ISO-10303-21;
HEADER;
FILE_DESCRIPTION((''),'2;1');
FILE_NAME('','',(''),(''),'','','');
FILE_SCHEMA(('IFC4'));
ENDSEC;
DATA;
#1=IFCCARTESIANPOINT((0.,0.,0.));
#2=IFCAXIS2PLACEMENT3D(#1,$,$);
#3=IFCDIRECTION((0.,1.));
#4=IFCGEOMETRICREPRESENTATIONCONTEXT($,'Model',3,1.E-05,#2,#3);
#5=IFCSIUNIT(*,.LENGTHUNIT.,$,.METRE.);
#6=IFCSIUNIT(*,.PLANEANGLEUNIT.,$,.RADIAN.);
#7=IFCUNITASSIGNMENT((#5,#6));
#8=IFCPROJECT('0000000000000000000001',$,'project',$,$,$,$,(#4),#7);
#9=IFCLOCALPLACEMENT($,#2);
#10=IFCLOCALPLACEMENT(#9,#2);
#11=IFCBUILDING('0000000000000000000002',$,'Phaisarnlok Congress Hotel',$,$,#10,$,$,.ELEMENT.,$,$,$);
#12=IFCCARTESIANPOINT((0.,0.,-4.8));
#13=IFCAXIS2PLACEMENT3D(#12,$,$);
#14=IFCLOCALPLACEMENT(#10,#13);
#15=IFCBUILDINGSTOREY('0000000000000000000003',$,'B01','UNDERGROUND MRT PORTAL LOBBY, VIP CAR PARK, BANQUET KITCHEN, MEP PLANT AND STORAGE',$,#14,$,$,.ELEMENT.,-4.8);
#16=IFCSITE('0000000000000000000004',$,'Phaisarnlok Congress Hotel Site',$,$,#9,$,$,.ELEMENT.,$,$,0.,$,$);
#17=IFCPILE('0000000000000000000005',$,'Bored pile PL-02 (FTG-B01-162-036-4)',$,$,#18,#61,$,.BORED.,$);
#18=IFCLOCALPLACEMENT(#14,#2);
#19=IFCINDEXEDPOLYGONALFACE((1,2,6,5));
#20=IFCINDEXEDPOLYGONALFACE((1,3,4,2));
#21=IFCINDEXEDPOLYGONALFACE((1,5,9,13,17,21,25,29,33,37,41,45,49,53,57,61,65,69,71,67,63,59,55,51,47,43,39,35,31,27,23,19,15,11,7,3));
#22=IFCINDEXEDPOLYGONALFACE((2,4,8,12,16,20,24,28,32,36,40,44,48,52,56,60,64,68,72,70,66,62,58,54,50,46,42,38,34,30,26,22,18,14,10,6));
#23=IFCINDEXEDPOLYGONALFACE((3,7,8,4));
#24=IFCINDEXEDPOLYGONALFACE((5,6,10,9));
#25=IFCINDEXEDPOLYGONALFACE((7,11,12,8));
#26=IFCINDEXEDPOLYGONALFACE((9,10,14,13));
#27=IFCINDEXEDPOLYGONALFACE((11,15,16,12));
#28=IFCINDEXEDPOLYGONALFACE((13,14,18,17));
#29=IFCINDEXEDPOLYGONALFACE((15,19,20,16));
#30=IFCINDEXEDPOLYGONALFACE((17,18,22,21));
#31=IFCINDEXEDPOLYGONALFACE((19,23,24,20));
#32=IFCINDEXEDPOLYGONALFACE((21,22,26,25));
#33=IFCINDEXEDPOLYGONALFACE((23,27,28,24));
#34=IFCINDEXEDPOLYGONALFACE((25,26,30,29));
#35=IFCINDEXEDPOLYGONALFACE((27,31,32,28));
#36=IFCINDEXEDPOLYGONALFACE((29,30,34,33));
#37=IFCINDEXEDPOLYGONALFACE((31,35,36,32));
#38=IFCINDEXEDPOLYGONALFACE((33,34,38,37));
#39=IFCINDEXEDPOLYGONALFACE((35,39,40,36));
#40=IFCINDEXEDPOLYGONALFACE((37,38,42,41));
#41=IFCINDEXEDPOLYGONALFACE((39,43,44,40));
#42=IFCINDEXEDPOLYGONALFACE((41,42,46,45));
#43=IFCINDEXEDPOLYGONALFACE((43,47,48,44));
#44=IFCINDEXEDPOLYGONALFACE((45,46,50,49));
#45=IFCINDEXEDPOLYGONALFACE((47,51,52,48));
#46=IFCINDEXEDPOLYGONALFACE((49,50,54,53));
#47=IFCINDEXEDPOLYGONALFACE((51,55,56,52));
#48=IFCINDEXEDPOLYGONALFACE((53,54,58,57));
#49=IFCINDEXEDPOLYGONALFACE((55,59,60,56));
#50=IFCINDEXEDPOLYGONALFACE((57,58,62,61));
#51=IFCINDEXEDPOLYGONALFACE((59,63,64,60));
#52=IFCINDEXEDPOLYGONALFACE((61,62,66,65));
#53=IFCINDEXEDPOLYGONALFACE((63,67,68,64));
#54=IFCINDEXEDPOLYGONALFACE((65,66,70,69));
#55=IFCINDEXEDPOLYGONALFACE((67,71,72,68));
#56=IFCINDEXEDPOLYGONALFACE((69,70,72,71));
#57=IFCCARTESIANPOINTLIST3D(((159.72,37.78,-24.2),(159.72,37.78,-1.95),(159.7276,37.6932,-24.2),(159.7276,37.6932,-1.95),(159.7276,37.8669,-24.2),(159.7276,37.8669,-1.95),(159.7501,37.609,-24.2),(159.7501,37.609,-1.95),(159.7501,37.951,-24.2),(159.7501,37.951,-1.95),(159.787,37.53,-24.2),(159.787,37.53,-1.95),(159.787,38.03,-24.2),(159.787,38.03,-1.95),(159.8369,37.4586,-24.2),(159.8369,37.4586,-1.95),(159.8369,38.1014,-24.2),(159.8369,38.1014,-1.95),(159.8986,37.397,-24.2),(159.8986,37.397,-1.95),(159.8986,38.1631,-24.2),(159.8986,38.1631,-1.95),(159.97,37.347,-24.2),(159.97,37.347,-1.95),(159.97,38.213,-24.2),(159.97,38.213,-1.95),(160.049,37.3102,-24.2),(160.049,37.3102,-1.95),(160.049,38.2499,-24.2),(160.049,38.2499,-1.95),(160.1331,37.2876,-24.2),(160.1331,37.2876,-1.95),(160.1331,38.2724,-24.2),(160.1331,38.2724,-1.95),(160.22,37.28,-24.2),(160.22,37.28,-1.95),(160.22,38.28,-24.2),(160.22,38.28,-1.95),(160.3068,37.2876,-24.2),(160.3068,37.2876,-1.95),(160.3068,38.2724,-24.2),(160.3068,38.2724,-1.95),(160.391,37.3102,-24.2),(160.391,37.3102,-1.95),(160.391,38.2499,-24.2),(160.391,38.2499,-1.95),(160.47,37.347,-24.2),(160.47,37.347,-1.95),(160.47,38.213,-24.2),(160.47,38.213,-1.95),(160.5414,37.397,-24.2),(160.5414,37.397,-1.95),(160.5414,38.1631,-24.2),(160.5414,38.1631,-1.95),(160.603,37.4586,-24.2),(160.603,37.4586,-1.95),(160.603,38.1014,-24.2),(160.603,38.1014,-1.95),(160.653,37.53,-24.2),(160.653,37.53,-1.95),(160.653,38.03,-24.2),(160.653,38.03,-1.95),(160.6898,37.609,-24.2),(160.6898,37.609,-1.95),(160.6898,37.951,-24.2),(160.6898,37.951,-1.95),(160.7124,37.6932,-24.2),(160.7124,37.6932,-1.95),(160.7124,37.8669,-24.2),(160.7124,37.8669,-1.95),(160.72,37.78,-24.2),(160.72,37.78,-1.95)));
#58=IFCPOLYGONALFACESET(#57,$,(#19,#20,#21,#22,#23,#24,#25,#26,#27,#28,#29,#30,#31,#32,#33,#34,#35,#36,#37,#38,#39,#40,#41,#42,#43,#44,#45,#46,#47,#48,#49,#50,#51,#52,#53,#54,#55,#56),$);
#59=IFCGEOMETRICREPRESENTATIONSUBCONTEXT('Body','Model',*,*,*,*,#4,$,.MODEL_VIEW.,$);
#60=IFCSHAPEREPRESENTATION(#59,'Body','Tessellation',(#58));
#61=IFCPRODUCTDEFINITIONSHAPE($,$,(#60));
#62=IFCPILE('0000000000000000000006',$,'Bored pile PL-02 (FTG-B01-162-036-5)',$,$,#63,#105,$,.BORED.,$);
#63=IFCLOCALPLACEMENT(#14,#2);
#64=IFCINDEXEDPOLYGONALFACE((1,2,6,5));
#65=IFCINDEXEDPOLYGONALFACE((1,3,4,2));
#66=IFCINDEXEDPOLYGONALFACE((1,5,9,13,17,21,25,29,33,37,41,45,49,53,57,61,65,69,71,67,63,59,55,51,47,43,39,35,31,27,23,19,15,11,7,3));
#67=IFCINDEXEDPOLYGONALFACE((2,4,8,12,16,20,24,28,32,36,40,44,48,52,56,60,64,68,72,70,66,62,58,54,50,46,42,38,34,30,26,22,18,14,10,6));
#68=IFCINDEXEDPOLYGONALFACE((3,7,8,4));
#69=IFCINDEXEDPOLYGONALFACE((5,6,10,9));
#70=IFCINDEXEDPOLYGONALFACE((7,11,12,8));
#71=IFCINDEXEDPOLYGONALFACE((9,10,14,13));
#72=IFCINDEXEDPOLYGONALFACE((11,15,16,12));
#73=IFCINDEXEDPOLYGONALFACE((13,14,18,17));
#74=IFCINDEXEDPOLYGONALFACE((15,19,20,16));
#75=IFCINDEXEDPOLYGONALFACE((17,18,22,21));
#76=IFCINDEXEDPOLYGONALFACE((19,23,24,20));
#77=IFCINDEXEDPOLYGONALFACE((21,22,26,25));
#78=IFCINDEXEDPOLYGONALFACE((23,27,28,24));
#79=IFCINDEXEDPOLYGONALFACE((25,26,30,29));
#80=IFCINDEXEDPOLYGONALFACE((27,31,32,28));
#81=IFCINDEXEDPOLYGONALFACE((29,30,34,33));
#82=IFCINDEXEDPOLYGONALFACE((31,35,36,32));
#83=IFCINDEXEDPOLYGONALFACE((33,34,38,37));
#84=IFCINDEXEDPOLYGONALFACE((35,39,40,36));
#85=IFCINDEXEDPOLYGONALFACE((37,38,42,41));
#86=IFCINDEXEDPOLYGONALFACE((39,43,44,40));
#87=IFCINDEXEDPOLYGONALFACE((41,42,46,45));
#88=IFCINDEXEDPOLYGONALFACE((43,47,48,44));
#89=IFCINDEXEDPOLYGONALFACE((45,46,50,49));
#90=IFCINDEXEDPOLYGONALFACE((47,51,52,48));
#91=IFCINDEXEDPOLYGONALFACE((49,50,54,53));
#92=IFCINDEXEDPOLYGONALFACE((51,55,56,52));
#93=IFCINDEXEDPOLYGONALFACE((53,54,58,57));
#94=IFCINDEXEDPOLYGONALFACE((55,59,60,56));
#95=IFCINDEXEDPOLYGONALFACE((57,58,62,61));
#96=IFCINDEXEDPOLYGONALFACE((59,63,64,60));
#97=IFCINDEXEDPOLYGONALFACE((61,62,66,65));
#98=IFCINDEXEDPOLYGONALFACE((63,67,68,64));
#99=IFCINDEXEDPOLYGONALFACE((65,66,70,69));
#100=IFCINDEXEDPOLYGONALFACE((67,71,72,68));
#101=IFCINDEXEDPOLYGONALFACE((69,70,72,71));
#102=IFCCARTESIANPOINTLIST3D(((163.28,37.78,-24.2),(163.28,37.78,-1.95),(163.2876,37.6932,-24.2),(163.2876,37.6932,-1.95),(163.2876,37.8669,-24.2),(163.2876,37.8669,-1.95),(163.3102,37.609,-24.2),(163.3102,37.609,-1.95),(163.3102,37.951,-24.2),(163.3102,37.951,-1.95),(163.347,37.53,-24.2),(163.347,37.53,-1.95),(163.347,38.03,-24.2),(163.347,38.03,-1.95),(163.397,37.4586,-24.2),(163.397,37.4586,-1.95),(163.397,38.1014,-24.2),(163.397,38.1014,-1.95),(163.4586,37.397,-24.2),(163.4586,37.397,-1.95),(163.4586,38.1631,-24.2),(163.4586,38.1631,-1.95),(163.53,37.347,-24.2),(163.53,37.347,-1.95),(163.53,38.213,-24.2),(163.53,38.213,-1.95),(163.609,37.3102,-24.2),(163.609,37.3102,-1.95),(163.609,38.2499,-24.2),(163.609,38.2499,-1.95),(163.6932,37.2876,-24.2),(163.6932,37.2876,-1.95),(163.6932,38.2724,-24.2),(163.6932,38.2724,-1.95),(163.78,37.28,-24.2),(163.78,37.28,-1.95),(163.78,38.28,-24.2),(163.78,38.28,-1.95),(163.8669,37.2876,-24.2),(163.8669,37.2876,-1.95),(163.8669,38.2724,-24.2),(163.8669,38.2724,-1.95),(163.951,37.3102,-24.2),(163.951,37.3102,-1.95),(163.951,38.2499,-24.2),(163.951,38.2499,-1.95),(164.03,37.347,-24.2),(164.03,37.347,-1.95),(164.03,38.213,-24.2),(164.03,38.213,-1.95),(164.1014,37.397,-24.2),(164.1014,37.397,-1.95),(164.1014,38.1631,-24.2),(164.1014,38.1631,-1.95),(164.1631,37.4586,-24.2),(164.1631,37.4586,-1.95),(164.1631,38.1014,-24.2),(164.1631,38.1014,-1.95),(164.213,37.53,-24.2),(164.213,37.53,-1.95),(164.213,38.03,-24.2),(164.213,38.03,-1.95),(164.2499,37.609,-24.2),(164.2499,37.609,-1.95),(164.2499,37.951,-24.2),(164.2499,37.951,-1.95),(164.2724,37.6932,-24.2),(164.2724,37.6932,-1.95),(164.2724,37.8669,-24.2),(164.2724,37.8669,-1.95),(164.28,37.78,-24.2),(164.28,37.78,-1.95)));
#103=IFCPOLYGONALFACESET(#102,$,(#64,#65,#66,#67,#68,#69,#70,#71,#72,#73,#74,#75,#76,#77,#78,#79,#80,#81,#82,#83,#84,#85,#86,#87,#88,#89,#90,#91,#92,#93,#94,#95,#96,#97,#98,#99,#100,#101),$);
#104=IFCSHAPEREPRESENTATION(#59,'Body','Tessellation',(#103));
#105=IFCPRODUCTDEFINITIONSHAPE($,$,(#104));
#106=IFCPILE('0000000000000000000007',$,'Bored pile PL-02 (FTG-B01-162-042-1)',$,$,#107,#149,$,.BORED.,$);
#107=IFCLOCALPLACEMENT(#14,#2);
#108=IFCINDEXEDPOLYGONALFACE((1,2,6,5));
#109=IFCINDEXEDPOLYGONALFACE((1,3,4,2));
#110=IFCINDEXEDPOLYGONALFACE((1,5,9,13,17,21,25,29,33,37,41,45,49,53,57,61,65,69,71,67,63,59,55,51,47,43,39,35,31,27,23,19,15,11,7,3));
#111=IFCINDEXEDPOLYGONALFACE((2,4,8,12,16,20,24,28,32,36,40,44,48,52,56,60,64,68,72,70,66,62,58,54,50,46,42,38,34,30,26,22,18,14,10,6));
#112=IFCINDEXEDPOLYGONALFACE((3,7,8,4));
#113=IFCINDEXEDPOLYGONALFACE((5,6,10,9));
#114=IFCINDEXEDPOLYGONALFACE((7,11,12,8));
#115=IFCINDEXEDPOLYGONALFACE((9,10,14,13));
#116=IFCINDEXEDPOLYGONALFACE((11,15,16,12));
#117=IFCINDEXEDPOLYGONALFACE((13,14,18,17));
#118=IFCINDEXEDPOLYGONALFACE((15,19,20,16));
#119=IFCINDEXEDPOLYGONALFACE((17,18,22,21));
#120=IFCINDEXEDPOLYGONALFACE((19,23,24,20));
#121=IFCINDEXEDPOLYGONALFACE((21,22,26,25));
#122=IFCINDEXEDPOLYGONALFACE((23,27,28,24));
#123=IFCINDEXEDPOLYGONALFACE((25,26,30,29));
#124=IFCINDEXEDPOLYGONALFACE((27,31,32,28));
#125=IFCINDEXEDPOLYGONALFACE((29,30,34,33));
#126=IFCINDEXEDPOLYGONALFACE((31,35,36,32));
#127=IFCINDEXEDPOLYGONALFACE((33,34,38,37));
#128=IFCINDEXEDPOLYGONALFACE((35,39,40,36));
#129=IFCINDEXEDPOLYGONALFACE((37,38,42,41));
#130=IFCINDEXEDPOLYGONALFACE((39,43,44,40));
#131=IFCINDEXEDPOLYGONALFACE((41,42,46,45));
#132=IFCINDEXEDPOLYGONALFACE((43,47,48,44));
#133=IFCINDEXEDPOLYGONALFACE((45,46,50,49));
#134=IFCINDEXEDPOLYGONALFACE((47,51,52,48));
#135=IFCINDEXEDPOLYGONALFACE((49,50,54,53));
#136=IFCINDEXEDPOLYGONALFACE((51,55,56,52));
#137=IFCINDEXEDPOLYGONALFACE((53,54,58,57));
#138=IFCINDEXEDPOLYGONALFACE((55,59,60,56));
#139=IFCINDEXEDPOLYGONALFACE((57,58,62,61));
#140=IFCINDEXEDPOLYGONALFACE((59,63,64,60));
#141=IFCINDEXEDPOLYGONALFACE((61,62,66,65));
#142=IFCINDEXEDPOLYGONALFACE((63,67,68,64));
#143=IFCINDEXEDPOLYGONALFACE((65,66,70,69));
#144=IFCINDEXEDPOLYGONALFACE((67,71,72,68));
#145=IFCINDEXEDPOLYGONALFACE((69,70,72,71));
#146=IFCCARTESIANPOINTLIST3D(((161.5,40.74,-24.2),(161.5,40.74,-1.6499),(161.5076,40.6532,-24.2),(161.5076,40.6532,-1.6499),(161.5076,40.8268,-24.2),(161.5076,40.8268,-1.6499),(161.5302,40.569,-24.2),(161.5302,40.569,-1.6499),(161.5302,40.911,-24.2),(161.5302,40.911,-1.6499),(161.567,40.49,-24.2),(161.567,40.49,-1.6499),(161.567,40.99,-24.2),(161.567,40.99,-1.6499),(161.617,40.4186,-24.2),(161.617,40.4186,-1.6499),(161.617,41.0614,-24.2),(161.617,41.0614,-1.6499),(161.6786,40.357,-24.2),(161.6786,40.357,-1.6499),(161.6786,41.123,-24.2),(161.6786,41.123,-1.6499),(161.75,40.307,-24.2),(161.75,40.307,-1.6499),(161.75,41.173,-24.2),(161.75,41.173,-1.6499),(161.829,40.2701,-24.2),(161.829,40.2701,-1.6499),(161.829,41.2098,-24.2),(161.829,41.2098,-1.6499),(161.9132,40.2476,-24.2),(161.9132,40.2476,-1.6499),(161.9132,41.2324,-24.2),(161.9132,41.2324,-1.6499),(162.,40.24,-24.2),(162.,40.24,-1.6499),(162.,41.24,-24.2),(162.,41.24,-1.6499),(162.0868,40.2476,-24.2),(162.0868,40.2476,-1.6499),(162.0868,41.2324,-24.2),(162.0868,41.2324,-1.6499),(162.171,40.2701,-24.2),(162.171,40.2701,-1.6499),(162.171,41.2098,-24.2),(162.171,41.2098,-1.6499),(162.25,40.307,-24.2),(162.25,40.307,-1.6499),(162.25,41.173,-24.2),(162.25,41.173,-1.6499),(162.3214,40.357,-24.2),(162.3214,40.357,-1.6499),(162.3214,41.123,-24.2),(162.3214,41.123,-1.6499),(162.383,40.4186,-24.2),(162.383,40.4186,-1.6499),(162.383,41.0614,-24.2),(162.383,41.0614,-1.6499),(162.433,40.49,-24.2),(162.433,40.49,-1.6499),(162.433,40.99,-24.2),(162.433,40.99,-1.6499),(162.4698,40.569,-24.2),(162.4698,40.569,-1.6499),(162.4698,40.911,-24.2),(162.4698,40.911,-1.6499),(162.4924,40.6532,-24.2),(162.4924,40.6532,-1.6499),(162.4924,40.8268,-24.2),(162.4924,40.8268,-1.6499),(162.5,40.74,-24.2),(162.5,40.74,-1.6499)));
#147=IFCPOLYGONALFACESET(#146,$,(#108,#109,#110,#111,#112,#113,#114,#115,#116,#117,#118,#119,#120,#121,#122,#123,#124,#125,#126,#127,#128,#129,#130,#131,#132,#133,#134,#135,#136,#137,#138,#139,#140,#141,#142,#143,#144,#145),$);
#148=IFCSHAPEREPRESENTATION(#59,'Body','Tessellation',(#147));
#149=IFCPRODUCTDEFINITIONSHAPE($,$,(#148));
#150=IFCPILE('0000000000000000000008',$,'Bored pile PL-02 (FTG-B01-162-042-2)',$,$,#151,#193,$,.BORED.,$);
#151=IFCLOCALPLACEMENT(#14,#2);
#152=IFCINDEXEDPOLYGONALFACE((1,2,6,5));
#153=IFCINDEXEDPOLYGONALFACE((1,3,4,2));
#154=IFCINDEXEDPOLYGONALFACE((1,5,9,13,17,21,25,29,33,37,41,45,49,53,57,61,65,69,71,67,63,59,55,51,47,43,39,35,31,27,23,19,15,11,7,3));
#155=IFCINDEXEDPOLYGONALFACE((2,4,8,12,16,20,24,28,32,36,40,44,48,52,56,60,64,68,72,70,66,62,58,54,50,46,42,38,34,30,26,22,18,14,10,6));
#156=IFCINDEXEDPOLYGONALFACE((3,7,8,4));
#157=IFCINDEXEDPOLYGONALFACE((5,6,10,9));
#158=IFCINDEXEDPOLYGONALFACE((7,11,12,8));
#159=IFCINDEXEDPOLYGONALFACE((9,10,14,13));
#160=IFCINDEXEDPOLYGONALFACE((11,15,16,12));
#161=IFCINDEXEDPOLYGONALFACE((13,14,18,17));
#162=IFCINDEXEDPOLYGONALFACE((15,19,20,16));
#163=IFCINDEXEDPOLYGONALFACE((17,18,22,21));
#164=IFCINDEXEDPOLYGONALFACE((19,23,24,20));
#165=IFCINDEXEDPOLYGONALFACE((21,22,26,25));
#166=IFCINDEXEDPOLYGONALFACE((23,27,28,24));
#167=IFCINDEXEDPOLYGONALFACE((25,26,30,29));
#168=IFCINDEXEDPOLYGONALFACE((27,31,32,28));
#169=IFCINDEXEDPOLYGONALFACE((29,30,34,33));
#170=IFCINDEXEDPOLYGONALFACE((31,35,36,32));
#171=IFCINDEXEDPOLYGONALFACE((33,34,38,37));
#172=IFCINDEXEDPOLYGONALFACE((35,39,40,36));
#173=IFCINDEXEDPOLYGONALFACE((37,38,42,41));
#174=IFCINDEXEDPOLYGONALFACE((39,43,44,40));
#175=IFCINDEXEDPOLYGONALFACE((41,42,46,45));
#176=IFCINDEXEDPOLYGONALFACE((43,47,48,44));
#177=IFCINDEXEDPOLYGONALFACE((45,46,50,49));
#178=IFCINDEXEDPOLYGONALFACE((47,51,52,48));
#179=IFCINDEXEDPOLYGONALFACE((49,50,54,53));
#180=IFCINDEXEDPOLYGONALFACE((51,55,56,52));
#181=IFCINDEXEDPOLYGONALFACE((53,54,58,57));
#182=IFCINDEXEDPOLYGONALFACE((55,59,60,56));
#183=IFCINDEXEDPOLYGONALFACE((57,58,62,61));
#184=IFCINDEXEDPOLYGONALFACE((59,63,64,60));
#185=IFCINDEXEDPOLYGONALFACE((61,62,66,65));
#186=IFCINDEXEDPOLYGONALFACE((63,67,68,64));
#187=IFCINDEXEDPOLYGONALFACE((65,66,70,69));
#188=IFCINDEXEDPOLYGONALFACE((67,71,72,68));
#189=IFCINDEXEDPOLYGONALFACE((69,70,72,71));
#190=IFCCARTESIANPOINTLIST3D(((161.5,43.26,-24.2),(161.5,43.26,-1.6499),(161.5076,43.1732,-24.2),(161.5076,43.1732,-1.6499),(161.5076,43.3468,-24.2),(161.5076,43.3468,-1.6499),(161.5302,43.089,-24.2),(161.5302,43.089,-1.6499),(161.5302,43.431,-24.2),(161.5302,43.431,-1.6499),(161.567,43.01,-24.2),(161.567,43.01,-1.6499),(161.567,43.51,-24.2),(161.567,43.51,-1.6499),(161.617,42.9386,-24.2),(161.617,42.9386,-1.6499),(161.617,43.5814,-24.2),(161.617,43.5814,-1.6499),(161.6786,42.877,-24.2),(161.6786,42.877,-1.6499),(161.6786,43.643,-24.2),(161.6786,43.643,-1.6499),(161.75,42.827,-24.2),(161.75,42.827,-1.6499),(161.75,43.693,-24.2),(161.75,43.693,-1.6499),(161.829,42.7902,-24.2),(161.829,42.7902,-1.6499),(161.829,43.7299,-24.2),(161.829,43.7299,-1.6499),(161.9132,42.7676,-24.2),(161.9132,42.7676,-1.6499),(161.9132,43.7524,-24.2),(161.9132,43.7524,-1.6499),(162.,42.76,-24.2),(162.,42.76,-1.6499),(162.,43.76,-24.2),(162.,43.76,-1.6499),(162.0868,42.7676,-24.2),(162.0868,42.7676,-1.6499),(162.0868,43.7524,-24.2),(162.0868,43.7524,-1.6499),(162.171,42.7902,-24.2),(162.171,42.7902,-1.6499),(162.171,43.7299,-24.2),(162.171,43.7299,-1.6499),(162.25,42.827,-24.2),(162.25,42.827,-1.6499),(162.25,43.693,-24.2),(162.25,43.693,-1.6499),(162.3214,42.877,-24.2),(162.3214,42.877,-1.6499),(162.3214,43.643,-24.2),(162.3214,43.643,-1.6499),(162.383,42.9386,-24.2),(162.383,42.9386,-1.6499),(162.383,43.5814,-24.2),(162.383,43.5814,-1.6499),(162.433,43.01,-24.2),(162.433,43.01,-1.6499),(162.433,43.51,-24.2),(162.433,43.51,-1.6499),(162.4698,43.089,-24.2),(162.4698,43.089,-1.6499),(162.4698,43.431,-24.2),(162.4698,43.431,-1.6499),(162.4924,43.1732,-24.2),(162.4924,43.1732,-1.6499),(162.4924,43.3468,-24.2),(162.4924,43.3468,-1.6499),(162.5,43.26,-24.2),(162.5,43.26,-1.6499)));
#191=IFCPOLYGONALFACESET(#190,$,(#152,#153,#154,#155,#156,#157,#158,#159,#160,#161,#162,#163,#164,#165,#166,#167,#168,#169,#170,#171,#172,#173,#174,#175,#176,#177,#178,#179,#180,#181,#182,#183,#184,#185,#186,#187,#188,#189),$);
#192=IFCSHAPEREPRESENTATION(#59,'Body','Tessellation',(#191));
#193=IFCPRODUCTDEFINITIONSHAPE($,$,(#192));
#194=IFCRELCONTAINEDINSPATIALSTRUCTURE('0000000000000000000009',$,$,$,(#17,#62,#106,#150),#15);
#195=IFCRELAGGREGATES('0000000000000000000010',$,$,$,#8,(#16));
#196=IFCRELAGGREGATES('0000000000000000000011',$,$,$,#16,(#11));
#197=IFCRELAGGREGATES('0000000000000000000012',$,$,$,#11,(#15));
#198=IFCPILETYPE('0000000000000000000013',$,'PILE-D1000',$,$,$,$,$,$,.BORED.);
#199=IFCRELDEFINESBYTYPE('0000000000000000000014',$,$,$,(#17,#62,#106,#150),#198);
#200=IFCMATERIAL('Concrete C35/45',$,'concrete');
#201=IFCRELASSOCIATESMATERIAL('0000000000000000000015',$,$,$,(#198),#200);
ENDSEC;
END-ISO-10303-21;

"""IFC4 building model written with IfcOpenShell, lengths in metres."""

from ifc_helpers import new_model, si_unit, direction, frame, origin, origin_2d, place, context, subcontext, project, spatial, circle, extrude, material, material_profile, profile_set, type_object, element, save


model = new_model("IFC4")

# Units and contexts
model_context = context("Model", 3, precision=1e-05, world=origin(), true_north=direction((0.0, 1.0)))
body_context = subcontext(model_context, "Body", "Model", "MODEL_VIEW")
ifc_project = project(units=[si_unit("LENGTHUNIT", "METRE"), si_unit("PLANEANGLEUNIT", "RADIAN")], contexts=[model_context])

# Site, building, storey
site_placement = place(None, origin())
site = spatial("IfcSite", under=ifc_project, at=site_placement, Name="Phaisarnlok Congress Hotel Site", CompositionType="ELEMENT", RefElevation=0.0)
building_placement = place(site_placement, origin())
building = spatial("IfcBuilding", under=site, at=building_placement, Name="Phaisarnlok Congress Hotel", CompositionType="ELEMENT")
storey_placement = place(building_placement, frame((0.0, 0.0, -4.8)))
storey = spatial("IfcBuildingStorey", under=building, at=storey_placement, Name="B01", Description="UNDERGROUND MRT PORTAL LOBBY, VIP CAR PARK, BANQUET KITCHEN, MEP PLANT AND STORAGE", CompositionType="ELEMENT", Elevation=-4.8)

# Piles
ifc_material_1 = material(Name="Concrete C35/45", Category="concrete")
ifc_material_profile_1 = material_profile(ifc_material_1, circle(Radius=0.5, at=origin_2d()), Name="BORED PILE D1000")
ifc_profile_set_1 = profile_set([ifc_material_profile_1], Name="Concrete C35/45")
pile_type_1 = type_object("IfcPileType", Name="PILE-D1000", PredefinedType="BORED", material=ifc_profile_set_1)
for number, where, z_axis, x_axis, name in (
    (1, (160.22, 37.78, -1.95), (0.0, 0.0, -1.0), (1.0, 0.0, 0.0), "Bored pile PL-02 (FTG-B01-162-036-4)"),
    (2, (163.78, 37.78, -1.95), (0.0, 0.0, -1.0), (1.0, 0.0, 0.0), "Bored pile PL-02 (FTG-B01-162-036-5)"),
):
    element("IfcPile", number, at=place(storey_placement, frame(where, z_axis=z_axis, x_axis=x_axis)), inside=storey, type_object=pile_type_1, Name=name, PredefinedType="BORED", context=body_context, shape_type="SweptSolid", body=[
        extrude(circle(Radius=0.5, at=origin_2d()), origin(), (0.0, 0.0, 1.0), 22.25),
    ])
for number, where, z_axis, x_axis, name in (
    (3, (162.0, 40.74, -1.6499), (0.0, 0.0, -1.0), (1.0, 0.0, 0.0), "Bored pile PL-02 (FTG-B01-162-042-1)"),
    (4, (162.0, 43.26, -1.6499), (0.0, 0.0, -1.0), (1.0, 0.0, 0.0), "Bored pile PL-02 (FTG-B01-162-042-2)"),
):
    element("IfcPile", number, at=place(storey_placement, frame(where, z_axis=z_axis, x_axis=x_axis)), inside=storey, type_object=pile_type_1, Name=name, PredefinedType="BORED", context=body_context, shape_type="SweptSolid", body=[
        extrude(circle(Radius=0.5, at=origin_2d()), origin(), (0.0, 0.0, 1.0), 22.55),
    ])

save(model, "model.ifc")
